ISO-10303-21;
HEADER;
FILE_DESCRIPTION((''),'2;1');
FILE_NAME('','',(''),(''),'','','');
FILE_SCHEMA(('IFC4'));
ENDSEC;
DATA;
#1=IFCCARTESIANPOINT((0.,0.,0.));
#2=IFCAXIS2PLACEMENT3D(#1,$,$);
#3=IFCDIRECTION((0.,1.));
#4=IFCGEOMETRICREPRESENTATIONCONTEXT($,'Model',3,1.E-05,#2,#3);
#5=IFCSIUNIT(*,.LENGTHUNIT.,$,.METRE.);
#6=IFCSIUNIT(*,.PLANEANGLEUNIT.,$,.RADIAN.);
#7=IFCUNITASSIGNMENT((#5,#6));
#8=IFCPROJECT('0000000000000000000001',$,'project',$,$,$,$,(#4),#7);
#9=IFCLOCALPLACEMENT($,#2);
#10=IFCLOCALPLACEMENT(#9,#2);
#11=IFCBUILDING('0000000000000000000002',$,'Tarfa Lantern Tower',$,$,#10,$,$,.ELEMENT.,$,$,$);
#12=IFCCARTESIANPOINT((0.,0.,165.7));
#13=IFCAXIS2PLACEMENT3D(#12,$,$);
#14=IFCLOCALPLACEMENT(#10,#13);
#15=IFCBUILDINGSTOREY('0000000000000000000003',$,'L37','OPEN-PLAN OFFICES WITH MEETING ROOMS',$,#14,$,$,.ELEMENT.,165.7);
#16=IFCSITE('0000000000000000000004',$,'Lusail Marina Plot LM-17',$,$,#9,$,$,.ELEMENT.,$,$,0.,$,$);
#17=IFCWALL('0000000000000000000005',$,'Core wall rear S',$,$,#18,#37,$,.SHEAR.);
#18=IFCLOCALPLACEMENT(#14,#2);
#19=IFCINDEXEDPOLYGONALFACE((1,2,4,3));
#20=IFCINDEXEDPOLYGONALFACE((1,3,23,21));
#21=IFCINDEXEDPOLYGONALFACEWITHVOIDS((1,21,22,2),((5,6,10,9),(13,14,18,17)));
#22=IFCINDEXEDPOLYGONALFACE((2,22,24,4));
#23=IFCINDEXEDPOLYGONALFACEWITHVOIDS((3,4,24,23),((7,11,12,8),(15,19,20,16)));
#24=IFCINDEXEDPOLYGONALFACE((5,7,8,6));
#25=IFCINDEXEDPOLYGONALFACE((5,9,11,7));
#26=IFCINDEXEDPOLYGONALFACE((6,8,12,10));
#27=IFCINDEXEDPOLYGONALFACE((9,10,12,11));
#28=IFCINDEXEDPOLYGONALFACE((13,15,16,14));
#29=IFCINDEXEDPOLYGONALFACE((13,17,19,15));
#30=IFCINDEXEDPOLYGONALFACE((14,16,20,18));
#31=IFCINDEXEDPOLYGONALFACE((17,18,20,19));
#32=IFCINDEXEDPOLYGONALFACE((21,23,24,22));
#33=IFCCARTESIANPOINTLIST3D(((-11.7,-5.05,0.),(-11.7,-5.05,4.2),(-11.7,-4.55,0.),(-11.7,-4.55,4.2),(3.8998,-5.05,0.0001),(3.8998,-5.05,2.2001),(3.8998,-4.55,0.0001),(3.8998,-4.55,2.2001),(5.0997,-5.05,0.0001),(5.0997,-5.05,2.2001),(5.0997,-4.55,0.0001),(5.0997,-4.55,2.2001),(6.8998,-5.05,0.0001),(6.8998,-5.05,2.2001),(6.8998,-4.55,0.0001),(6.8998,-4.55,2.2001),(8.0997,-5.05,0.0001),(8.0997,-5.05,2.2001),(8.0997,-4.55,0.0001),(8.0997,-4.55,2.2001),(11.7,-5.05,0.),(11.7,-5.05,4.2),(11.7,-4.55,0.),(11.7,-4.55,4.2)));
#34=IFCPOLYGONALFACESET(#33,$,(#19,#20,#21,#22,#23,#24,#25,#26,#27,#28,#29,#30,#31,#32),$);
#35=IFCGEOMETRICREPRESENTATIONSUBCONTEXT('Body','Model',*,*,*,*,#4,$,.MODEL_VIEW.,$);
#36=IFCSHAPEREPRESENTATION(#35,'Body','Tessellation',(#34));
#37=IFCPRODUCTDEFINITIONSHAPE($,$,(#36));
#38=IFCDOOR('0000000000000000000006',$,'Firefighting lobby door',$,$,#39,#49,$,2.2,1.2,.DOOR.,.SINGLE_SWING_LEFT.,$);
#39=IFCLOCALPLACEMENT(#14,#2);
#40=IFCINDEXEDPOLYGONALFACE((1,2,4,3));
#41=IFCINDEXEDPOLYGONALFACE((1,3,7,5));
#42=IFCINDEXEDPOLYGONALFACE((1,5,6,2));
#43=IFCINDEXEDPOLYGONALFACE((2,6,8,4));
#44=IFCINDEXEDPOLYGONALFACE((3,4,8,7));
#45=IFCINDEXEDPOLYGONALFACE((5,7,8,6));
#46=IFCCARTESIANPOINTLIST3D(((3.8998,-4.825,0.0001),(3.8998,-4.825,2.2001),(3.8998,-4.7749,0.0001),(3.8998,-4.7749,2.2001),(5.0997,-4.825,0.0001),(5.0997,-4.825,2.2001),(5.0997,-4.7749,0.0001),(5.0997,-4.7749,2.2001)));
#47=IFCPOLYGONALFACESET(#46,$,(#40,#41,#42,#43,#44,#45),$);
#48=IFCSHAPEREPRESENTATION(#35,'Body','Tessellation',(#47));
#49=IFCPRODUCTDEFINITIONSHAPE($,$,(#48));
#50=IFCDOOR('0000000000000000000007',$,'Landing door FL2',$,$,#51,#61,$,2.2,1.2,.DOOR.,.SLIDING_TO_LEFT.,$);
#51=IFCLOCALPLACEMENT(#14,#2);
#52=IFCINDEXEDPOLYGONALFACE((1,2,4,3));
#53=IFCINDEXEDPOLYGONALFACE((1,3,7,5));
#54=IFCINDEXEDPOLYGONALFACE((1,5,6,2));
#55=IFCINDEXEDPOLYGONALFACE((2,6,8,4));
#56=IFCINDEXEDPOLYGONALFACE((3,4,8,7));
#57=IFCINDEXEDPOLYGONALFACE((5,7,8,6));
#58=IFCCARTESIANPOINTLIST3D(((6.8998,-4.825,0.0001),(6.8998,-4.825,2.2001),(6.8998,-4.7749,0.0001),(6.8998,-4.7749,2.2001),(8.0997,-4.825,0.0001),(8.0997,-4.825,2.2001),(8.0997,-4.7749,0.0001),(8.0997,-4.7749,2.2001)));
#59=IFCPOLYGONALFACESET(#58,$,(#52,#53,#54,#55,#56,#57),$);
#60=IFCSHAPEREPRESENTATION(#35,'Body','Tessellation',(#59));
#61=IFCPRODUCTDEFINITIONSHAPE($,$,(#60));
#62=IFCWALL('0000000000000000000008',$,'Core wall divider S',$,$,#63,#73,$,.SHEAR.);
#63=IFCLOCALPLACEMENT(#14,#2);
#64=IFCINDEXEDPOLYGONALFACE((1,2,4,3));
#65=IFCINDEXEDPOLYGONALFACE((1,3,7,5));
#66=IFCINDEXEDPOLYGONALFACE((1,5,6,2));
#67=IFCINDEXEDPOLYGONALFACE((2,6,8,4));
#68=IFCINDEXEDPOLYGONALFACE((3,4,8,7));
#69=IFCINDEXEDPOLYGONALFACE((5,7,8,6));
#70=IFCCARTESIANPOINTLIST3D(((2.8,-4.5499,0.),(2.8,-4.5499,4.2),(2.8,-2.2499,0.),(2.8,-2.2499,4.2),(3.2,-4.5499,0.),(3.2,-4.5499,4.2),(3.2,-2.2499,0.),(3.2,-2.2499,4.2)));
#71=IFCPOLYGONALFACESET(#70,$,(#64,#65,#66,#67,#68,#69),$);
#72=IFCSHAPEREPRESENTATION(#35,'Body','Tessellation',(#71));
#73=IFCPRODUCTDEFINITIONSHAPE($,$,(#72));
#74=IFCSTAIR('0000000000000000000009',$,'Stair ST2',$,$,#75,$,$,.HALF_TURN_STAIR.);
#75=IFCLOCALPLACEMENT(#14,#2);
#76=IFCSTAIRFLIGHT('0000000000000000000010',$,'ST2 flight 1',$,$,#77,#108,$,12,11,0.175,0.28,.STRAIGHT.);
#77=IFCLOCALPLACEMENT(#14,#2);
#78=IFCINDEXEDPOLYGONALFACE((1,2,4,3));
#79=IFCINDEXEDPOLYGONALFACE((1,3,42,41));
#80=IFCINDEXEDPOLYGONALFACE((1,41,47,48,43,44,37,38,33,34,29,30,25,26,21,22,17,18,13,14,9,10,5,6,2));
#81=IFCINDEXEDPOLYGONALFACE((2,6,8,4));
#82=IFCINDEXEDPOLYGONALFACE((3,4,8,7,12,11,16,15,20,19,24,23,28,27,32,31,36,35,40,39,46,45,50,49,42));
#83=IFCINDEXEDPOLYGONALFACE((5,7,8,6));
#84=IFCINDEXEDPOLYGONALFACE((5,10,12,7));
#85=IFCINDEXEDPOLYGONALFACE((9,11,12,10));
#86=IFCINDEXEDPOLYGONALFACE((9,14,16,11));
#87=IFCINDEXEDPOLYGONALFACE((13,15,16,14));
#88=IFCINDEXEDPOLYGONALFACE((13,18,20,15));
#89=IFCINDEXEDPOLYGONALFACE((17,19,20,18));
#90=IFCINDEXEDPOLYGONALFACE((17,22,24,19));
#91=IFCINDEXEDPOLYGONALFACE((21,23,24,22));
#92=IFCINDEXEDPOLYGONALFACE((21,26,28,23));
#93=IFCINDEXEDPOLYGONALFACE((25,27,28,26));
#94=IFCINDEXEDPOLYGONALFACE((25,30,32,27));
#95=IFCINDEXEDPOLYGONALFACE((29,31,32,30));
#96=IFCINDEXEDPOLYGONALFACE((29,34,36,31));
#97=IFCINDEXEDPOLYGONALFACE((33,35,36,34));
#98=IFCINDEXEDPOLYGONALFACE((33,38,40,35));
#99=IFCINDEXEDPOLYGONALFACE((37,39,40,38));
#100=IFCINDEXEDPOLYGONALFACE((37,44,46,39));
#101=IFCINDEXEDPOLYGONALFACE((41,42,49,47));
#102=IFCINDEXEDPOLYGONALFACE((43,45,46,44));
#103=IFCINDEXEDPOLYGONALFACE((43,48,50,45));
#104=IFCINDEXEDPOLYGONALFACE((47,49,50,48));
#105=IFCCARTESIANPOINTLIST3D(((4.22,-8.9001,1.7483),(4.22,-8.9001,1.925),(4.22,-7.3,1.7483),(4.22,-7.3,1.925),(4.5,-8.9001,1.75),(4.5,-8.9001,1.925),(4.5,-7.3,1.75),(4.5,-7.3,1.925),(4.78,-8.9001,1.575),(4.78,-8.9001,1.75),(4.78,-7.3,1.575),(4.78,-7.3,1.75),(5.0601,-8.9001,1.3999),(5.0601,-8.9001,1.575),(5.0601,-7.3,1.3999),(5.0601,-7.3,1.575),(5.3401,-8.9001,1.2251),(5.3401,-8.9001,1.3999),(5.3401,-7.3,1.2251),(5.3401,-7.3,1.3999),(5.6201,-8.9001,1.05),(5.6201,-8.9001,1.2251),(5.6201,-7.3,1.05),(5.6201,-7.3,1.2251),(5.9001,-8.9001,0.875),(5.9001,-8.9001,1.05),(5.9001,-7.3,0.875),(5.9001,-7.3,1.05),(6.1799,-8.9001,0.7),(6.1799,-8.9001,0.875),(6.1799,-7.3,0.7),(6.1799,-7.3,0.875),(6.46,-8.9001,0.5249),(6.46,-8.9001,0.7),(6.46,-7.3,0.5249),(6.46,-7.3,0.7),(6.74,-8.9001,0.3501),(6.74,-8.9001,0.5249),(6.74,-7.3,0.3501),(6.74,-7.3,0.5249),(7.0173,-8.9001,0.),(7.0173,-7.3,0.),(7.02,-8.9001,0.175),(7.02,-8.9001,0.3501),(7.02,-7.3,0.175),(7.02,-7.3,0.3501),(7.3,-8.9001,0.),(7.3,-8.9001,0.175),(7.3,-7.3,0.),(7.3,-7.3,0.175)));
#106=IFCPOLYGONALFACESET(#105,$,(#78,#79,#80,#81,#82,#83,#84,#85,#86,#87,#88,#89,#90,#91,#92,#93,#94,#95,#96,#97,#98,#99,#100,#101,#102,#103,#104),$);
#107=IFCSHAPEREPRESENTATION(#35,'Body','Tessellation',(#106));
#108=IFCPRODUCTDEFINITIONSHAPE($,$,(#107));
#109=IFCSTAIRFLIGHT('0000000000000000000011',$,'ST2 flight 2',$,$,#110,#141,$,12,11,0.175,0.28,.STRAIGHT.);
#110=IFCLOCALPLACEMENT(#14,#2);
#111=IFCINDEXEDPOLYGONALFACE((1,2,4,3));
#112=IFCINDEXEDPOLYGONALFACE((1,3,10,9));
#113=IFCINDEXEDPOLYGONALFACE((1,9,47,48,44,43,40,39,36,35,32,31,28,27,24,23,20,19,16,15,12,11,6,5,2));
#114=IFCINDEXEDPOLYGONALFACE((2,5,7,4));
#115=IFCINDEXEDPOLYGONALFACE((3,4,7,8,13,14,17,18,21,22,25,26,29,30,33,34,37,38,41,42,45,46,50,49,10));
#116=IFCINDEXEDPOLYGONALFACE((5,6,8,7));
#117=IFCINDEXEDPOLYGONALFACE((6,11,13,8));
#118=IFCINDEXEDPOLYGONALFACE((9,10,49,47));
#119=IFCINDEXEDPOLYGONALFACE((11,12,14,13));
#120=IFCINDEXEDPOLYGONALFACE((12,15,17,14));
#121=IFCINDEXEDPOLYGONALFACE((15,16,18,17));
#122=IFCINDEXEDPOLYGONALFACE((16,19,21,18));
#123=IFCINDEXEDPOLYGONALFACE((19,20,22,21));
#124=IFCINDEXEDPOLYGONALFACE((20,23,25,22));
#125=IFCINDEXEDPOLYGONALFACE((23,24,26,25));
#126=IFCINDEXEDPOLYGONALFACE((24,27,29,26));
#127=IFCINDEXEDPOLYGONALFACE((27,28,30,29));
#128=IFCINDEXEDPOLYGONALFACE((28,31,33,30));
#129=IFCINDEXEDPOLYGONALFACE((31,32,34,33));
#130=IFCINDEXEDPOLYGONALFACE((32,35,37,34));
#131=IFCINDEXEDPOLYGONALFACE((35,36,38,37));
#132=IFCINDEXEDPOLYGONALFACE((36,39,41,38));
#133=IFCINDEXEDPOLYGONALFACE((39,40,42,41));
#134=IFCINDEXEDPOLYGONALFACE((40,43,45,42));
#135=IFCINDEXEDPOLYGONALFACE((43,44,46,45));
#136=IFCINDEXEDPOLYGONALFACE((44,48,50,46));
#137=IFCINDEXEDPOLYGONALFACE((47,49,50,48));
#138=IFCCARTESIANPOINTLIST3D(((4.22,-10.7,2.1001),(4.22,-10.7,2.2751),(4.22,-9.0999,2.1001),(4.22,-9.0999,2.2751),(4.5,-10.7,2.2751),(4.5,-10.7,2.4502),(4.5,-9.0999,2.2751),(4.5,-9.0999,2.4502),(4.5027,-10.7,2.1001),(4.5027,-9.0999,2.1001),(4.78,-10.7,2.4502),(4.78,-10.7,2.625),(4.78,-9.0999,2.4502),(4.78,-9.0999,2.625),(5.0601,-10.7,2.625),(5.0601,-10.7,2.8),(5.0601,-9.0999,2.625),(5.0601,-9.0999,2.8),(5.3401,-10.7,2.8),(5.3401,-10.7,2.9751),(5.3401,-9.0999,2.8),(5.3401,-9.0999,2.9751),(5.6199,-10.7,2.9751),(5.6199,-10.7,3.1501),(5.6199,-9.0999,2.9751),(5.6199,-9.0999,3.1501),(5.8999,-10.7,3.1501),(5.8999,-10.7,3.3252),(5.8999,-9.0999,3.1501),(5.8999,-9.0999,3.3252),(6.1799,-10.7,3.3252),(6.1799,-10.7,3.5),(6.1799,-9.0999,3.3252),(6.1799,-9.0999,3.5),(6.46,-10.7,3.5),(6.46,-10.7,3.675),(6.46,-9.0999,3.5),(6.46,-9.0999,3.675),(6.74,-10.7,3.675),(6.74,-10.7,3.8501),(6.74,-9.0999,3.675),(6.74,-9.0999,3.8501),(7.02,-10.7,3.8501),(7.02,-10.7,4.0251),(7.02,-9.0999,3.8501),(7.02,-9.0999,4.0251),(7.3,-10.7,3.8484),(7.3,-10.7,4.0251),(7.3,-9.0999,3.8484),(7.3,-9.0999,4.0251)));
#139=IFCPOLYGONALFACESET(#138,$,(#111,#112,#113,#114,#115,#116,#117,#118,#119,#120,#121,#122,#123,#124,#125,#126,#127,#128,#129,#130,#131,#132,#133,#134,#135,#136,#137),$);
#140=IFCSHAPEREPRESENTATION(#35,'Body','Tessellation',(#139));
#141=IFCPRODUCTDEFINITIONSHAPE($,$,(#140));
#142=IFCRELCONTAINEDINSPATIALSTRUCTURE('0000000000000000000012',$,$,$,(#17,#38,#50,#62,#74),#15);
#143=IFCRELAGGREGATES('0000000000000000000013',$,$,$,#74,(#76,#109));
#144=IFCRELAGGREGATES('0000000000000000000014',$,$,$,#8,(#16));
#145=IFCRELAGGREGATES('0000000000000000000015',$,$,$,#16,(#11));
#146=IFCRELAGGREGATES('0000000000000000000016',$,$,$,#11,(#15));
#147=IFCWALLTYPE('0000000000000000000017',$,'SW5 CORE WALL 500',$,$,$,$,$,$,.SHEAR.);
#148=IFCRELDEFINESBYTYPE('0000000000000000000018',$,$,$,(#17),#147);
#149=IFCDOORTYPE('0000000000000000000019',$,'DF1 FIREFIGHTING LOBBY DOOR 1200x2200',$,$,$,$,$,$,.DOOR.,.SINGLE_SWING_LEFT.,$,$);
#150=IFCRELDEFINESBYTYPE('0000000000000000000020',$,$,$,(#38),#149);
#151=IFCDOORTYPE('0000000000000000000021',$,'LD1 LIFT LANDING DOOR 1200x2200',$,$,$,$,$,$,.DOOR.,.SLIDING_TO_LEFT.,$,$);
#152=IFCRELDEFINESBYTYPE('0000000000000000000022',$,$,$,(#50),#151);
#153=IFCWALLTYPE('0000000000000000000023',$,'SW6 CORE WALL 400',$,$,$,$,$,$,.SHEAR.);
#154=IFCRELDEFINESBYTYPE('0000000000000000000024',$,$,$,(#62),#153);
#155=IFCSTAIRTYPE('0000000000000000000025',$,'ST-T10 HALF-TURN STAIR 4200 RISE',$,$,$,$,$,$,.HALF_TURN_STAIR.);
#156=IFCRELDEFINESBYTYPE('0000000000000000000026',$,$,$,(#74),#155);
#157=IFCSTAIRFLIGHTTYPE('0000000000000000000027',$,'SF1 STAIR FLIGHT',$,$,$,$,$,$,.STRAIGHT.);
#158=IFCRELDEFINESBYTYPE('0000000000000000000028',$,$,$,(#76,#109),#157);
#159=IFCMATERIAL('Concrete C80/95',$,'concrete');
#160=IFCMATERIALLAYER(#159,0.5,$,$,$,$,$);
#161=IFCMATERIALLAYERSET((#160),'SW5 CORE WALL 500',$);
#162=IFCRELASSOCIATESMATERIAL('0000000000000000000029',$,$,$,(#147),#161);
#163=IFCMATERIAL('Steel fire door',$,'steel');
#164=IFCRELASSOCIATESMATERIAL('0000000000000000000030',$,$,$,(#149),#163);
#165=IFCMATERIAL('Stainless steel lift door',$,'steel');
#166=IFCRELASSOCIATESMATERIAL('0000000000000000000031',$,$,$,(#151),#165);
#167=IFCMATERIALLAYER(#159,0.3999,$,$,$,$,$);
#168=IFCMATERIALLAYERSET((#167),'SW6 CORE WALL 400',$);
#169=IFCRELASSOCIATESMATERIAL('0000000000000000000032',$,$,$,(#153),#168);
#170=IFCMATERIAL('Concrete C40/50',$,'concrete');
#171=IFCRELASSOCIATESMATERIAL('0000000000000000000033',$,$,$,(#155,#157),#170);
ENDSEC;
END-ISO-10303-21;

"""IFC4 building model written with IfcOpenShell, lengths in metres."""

from ifc_helpers import new_model, si_unit, direction, frame, frame_2d, origin, place, context, subcontext, project, spatial, polyline, rectangle, outline, extrude, material, layer, layer_set, type_object, element, fill, aggregate, save


model = new_model("IFC4")

# Units and contexts
model_context = context("Model", 3, precision=1e-05, world=origin(), true_north=direction((0.0, 1.0)))
body_context = subcontext(model_context, "Body", "Model", "MODEL_VIEW")
ifc_project = project(units=[si_unit("LENGTHUNIT", "METRE"), si_unit("PLANEANGLEUNIT", "RADIAN")], contexts=[model_context])

# Site, building, storey
site_placement = place(None, origin())
site = spatial("IfcSite", under=ifc_project, at=site_placement, Name="Lusail Marina Plot LM-17", CompositionType="ELEMENT", RefElevation=0.0)
building_placement = place(site_placement, origin())
building = spatial("IfcBuilding", under=site, at=building_placement, Name="Tarfa Lantern Tower", CompositionType="ELEMENT")
storey_placement = place(building_placement, frame((0.0, 0.0, 165.7)))
storey = spatial("IfcBuildingStorey", under=building, at=storey_placement, Name="L37", Description="OPEN-PLAN OFFICES WITH MEETING ROOMS", CompositionType="ELEMENT", Elevation=165.7)

# Shared definitions
ifc_material_1 = material(Name="Concrete C80/95", Category="concrete")

# Shared definitions
ifc_material_2 = material(Name="Steel fire door", Category="steel")

# Wall, openings, doors
ifc_layer_1 = layer(ifc_material_1, 0.5)
ifc_layer_set_1 = layer_set([ifc_layer_1], Name="SW5 CORE WALL 500")
wall_type_1 = type_object("IfcWallType", Name="SW5 CORE WALL 500", PredefinedType="SHEAR", material=ifc_layer_set_1)
wall_1_placement = place(storey_placement, frame((11.7, -4.8, 0.0), z_axis=(0.0, 0.0, 1.0), x_axis=(-1.0, 0.0, 0.0)))
wall_1 = element("IfcWall", 1, at=wall_1_placement, inside=storey, type_object=wall_type_1, Name="Core wall rear S", PredefinedType="SHEAR", context=body_context, shape_type="SweptSolid", body=[
    extrude(rectangle(XDim=23.3999, YDim=0.5, at=frame_2d((11.7, 0.0))), origin(), (0.0, 0.0, 1.0), 4.2),
])
opening_1_placement = place(wall_1_placement, frame((6.6001, 0.0, 0.0)))
opening_1 = element("IfcOpeningElement", 2, at=opening_1_placement, cuts=wall_1, PredefinedType="OPENING", context=body_context, shape_type="SweptSolid", body=[
    extrude(rectangle(XDim=1.2, YDim=2.2, at=frame_2d((0.6001, 1.1001))), frame((0.0, 0.26, 0.0), z_axis=(0.0, -1.0, 0.0), x_axis=(1.0, 0.0, 0.0)), (0.0, 0.0, 1.0), 0.52),
])
opening_2_placement = place(wall_1_placement, frame((3.6001, 0.0, 0.0)))
opening_2 = element("IfcOpeningElement", 3, at=opening_2_placement, cuts=wall_1, PredefinedType="OPENING", context=body_context, shape_type="SweptSolid", body=[
    extrude(rectangle(XDim=1.2, YDim=2.2, at=frame_2d((0.6001, 1.1001))), frame((0.0, 0.26, 0.0), z_axis=(0.0, -1.0, 0.0), x_axis=(1.0, 0.0, 0.0)), (0.0, 0.0, 1.0), 0.52),
])
door_type_1 = type_object("IfcDoorType", Name="DF1 FIREFIGHTING LOBBY DOOR 1200x2200", OperationType="SINGLE_SWING_LEFT", PredefinedType="DOOR", material=ifc_material_2)
door_1_placement = place(opening_1_placement, origin())
door_1 = element("IfcDoor", 4, at=door_1_placement, inside=storey, type_object=door_type_1, Name="Firefighting lobby door", OperationType="SINGLE_SWING_LEFT", OverallHeight=2.2, OverallWidth=1.2, PredefinedType="DOOR", context=body_context, shape_type="SweptSolid", body=[
    extrude(rectangle(XDim=1.2, YDim=2.2, at=frame_2d((0.6001, 1.1001))), frame((0.0, 0.0249, 0.0), z_axis=(0.0, -1.0, 0.0), x_axis=(1.0, 0.0, 0.0)), (0.0, 0.0, 1.0), 0.05),
])
fill(opening_1, door_1)
ifc_material_3 = material(Name="Stainless steel lift door", Category="steel")
door_type_2 = type_object("IfcDoorType", Name="LD1 LIFT LANDING DOOR 1200x2200", OperationType="SLIDING_TO_LEFT", PredefinedType="DOOR", material=ifc_material_3)
door_2_placement = place(opening_2_placement, origin())
door_2 = element("IfcDoor", 5, at=door_2_placement, inside=storey, type_object=door_type_2, Name="Landing door FL2", OperationType="SLIDING_TO_LEFT", OverallHeight=2.2, OverallWidth=1.2, PredefinedType="DOOR", context=body_context, shape_type="SweptSolid", body=[
    extrude(rectangle(XDim=1.2, YDim=2.2, at=frame_2d((0.6001, 1.1001))), frame((0.0, 0.0249, 0.0), z_axis=(0.0, -1.0, 0.0), x_axis=(1.0, 0.0, 0.0)), (0.0, 0.0, 1.0), 0.05),
])
fill(opening_2, door_2)

# Wall
ifc_layer_2 = layer(ifc_material_1, 0.3999)
ifc_layer_set_2 = layer_set([ifc_layer_2], Name="SW6 CORE WALL 400")
wall_type_2 = type_object("IfcWallType", Name="SW6 CORE WALL 400", PredefinedType="SHEAR", material=ifc_layer_set_2)
wall_2_placement = place(storey_placement, frame((3.0, -2.25, 0.0), z_axis=(0.0, 0.0, 1.0), x_axis=(0.0, -1.0, 0.0)))
element("IfcWall", 6, at=wall_2_placement, inside=storey, type_object=wall_type_2, Name="Core wall divider S", PredefinedType="SHEAR", context=body_context, shape_type="SweptSolid", body=[
    extrude(rectangle(XDim=2.3, YDim=0.3999, at=frame_2d((1.1499, 0.0))), origin(), (0.0, 0.0, 1.0), 4.2),
])

# Stair, stair flights
ifc_material_4 = material(Name="Concrete C40/50", Category="concrete")
stair_type = type_object("IfcStairType", Name="ST-T10 HALF-TURN STAIR 4200 RISE", PredefinedType="HALF_TURN_STAIR", material=ifc_material_4)
stair_placement = place(storey_placement, origin())
stair = element("IfcStair", 7, at=stair_placement, inside=storey, type_object=stair_type, Name="Stair ST2", PredefinedType="HALF_TURN_STAIR")
stair_flight_type = type_object("IfcStairFlightType", Name="SF1 STAIR FLIGHT", PredefinedType="STRAIGHT", material=ifc_material_4)
stair_flight_1_placement = place(storey_placement, frame((7.3, -8.1001, 0.0), z_axis=(0.0, 0.0, 1.0), x_axis=(-1.0, 0.0, 0.0)))
stair_flight_1 = element("IfcStairFlight", 8, at=stair_flight_1_placement, type_object=stair_flight_type, Name="ST2 flight 1", NumberOfRisers=12, NumberOfTreads=11, PredefinedType="STRAIGHT", RiserHeight=0.175, TreadLength=0.28, context=body_context, shape_type="SweptSolid", body=[
    extrude(outline(polyline([(0.0, 0.0), (0.0, 0.175), (0.28, 0.175), (0.28, 0.3501), (0.5601, 0.3501), (0.5601, 0.5249), (0.8401, 0.5249), (0.8401, 0.7), (1.1201, 0.7), (1.1201, 0.875), (1.3999, 0.875), (1.3999, 1.05), (1.6799, 1.05), (1.6799, 1.2251), (1.96, 1.2251), (1.96, 1.3999), (2.24, 1.3999), (2.24, 1.575), (2.52, 1.575), (2.52, 1.75), (2.8, 1.75), (2.8, 1.925), (3.0801, 1.925), (3.0801, 2.1001), (3.0801, 1.7483), (0.2827, 0.0), (0.0, 0.0)])), frame((0.0, 0.8, 0.0), z_axis=(0.0, -1.0, 0.0), x_axis=(1.0, 0.0, 0.0)), (0.0, 0.0, 1.0), 1.6001),
])
stair_flight_2_placement = place(storey_placement, frame((4.22, -9.8999, 2.1001), z_axis=(0.0, 0.0, 1.0), x_axis=(1.0, 0.0, 0.0)))
stair_flight_2 = element("IfcStairFlight", 9, at=stair_flight_2_placement, type_object=stair_flight_type, Name="ST2 flight 2", NumberOfRisers=12, NumberOfTreads=11, PredefinedType="STRAIGHT", RiserHeight=0.175, TreadLength=0.28, context=body_context, shape_type="SweptSolid", body=[
    extrude(outline(polyline([(0.0, 0.0), (0.0, 0.175), (0.28, 0.175), (0.28, 0.3501), (0.5601, 0.3501), (0.5601, 0.5249), (0.8401, 0.5249), (0.8401, 0.7), (1.1201, 0.7), (1.1201, 0.875), (1.3999, 0.875), (1.3999, 1.05), (1.6799, 1.05), (1.6799, 1.2251), (1.96, 1.2251), (1.96, 1.3999), (2.24, 1.3999), (2.24, 1.575), (2.52, 1.575), (2.52, 1.75), (2.8, 1.75), (2.8, 1.925), (3.0801, 1.925), (3.0801, 2.1001), (3.0801, 1.7483), (0.2827, 0.0), (0.0, 0.0)])), frame((0.0, 0.8, 0.0), z_axis=(0.0, -1.0, 0.0), x_axis=(1.0, 0.0, 0.0)), (0.0, 0.0, 1.0), 1.6001),
])
aggregate(stair, [stair_flight_1, stair_flight_2])

save(model, "model.ifc")
